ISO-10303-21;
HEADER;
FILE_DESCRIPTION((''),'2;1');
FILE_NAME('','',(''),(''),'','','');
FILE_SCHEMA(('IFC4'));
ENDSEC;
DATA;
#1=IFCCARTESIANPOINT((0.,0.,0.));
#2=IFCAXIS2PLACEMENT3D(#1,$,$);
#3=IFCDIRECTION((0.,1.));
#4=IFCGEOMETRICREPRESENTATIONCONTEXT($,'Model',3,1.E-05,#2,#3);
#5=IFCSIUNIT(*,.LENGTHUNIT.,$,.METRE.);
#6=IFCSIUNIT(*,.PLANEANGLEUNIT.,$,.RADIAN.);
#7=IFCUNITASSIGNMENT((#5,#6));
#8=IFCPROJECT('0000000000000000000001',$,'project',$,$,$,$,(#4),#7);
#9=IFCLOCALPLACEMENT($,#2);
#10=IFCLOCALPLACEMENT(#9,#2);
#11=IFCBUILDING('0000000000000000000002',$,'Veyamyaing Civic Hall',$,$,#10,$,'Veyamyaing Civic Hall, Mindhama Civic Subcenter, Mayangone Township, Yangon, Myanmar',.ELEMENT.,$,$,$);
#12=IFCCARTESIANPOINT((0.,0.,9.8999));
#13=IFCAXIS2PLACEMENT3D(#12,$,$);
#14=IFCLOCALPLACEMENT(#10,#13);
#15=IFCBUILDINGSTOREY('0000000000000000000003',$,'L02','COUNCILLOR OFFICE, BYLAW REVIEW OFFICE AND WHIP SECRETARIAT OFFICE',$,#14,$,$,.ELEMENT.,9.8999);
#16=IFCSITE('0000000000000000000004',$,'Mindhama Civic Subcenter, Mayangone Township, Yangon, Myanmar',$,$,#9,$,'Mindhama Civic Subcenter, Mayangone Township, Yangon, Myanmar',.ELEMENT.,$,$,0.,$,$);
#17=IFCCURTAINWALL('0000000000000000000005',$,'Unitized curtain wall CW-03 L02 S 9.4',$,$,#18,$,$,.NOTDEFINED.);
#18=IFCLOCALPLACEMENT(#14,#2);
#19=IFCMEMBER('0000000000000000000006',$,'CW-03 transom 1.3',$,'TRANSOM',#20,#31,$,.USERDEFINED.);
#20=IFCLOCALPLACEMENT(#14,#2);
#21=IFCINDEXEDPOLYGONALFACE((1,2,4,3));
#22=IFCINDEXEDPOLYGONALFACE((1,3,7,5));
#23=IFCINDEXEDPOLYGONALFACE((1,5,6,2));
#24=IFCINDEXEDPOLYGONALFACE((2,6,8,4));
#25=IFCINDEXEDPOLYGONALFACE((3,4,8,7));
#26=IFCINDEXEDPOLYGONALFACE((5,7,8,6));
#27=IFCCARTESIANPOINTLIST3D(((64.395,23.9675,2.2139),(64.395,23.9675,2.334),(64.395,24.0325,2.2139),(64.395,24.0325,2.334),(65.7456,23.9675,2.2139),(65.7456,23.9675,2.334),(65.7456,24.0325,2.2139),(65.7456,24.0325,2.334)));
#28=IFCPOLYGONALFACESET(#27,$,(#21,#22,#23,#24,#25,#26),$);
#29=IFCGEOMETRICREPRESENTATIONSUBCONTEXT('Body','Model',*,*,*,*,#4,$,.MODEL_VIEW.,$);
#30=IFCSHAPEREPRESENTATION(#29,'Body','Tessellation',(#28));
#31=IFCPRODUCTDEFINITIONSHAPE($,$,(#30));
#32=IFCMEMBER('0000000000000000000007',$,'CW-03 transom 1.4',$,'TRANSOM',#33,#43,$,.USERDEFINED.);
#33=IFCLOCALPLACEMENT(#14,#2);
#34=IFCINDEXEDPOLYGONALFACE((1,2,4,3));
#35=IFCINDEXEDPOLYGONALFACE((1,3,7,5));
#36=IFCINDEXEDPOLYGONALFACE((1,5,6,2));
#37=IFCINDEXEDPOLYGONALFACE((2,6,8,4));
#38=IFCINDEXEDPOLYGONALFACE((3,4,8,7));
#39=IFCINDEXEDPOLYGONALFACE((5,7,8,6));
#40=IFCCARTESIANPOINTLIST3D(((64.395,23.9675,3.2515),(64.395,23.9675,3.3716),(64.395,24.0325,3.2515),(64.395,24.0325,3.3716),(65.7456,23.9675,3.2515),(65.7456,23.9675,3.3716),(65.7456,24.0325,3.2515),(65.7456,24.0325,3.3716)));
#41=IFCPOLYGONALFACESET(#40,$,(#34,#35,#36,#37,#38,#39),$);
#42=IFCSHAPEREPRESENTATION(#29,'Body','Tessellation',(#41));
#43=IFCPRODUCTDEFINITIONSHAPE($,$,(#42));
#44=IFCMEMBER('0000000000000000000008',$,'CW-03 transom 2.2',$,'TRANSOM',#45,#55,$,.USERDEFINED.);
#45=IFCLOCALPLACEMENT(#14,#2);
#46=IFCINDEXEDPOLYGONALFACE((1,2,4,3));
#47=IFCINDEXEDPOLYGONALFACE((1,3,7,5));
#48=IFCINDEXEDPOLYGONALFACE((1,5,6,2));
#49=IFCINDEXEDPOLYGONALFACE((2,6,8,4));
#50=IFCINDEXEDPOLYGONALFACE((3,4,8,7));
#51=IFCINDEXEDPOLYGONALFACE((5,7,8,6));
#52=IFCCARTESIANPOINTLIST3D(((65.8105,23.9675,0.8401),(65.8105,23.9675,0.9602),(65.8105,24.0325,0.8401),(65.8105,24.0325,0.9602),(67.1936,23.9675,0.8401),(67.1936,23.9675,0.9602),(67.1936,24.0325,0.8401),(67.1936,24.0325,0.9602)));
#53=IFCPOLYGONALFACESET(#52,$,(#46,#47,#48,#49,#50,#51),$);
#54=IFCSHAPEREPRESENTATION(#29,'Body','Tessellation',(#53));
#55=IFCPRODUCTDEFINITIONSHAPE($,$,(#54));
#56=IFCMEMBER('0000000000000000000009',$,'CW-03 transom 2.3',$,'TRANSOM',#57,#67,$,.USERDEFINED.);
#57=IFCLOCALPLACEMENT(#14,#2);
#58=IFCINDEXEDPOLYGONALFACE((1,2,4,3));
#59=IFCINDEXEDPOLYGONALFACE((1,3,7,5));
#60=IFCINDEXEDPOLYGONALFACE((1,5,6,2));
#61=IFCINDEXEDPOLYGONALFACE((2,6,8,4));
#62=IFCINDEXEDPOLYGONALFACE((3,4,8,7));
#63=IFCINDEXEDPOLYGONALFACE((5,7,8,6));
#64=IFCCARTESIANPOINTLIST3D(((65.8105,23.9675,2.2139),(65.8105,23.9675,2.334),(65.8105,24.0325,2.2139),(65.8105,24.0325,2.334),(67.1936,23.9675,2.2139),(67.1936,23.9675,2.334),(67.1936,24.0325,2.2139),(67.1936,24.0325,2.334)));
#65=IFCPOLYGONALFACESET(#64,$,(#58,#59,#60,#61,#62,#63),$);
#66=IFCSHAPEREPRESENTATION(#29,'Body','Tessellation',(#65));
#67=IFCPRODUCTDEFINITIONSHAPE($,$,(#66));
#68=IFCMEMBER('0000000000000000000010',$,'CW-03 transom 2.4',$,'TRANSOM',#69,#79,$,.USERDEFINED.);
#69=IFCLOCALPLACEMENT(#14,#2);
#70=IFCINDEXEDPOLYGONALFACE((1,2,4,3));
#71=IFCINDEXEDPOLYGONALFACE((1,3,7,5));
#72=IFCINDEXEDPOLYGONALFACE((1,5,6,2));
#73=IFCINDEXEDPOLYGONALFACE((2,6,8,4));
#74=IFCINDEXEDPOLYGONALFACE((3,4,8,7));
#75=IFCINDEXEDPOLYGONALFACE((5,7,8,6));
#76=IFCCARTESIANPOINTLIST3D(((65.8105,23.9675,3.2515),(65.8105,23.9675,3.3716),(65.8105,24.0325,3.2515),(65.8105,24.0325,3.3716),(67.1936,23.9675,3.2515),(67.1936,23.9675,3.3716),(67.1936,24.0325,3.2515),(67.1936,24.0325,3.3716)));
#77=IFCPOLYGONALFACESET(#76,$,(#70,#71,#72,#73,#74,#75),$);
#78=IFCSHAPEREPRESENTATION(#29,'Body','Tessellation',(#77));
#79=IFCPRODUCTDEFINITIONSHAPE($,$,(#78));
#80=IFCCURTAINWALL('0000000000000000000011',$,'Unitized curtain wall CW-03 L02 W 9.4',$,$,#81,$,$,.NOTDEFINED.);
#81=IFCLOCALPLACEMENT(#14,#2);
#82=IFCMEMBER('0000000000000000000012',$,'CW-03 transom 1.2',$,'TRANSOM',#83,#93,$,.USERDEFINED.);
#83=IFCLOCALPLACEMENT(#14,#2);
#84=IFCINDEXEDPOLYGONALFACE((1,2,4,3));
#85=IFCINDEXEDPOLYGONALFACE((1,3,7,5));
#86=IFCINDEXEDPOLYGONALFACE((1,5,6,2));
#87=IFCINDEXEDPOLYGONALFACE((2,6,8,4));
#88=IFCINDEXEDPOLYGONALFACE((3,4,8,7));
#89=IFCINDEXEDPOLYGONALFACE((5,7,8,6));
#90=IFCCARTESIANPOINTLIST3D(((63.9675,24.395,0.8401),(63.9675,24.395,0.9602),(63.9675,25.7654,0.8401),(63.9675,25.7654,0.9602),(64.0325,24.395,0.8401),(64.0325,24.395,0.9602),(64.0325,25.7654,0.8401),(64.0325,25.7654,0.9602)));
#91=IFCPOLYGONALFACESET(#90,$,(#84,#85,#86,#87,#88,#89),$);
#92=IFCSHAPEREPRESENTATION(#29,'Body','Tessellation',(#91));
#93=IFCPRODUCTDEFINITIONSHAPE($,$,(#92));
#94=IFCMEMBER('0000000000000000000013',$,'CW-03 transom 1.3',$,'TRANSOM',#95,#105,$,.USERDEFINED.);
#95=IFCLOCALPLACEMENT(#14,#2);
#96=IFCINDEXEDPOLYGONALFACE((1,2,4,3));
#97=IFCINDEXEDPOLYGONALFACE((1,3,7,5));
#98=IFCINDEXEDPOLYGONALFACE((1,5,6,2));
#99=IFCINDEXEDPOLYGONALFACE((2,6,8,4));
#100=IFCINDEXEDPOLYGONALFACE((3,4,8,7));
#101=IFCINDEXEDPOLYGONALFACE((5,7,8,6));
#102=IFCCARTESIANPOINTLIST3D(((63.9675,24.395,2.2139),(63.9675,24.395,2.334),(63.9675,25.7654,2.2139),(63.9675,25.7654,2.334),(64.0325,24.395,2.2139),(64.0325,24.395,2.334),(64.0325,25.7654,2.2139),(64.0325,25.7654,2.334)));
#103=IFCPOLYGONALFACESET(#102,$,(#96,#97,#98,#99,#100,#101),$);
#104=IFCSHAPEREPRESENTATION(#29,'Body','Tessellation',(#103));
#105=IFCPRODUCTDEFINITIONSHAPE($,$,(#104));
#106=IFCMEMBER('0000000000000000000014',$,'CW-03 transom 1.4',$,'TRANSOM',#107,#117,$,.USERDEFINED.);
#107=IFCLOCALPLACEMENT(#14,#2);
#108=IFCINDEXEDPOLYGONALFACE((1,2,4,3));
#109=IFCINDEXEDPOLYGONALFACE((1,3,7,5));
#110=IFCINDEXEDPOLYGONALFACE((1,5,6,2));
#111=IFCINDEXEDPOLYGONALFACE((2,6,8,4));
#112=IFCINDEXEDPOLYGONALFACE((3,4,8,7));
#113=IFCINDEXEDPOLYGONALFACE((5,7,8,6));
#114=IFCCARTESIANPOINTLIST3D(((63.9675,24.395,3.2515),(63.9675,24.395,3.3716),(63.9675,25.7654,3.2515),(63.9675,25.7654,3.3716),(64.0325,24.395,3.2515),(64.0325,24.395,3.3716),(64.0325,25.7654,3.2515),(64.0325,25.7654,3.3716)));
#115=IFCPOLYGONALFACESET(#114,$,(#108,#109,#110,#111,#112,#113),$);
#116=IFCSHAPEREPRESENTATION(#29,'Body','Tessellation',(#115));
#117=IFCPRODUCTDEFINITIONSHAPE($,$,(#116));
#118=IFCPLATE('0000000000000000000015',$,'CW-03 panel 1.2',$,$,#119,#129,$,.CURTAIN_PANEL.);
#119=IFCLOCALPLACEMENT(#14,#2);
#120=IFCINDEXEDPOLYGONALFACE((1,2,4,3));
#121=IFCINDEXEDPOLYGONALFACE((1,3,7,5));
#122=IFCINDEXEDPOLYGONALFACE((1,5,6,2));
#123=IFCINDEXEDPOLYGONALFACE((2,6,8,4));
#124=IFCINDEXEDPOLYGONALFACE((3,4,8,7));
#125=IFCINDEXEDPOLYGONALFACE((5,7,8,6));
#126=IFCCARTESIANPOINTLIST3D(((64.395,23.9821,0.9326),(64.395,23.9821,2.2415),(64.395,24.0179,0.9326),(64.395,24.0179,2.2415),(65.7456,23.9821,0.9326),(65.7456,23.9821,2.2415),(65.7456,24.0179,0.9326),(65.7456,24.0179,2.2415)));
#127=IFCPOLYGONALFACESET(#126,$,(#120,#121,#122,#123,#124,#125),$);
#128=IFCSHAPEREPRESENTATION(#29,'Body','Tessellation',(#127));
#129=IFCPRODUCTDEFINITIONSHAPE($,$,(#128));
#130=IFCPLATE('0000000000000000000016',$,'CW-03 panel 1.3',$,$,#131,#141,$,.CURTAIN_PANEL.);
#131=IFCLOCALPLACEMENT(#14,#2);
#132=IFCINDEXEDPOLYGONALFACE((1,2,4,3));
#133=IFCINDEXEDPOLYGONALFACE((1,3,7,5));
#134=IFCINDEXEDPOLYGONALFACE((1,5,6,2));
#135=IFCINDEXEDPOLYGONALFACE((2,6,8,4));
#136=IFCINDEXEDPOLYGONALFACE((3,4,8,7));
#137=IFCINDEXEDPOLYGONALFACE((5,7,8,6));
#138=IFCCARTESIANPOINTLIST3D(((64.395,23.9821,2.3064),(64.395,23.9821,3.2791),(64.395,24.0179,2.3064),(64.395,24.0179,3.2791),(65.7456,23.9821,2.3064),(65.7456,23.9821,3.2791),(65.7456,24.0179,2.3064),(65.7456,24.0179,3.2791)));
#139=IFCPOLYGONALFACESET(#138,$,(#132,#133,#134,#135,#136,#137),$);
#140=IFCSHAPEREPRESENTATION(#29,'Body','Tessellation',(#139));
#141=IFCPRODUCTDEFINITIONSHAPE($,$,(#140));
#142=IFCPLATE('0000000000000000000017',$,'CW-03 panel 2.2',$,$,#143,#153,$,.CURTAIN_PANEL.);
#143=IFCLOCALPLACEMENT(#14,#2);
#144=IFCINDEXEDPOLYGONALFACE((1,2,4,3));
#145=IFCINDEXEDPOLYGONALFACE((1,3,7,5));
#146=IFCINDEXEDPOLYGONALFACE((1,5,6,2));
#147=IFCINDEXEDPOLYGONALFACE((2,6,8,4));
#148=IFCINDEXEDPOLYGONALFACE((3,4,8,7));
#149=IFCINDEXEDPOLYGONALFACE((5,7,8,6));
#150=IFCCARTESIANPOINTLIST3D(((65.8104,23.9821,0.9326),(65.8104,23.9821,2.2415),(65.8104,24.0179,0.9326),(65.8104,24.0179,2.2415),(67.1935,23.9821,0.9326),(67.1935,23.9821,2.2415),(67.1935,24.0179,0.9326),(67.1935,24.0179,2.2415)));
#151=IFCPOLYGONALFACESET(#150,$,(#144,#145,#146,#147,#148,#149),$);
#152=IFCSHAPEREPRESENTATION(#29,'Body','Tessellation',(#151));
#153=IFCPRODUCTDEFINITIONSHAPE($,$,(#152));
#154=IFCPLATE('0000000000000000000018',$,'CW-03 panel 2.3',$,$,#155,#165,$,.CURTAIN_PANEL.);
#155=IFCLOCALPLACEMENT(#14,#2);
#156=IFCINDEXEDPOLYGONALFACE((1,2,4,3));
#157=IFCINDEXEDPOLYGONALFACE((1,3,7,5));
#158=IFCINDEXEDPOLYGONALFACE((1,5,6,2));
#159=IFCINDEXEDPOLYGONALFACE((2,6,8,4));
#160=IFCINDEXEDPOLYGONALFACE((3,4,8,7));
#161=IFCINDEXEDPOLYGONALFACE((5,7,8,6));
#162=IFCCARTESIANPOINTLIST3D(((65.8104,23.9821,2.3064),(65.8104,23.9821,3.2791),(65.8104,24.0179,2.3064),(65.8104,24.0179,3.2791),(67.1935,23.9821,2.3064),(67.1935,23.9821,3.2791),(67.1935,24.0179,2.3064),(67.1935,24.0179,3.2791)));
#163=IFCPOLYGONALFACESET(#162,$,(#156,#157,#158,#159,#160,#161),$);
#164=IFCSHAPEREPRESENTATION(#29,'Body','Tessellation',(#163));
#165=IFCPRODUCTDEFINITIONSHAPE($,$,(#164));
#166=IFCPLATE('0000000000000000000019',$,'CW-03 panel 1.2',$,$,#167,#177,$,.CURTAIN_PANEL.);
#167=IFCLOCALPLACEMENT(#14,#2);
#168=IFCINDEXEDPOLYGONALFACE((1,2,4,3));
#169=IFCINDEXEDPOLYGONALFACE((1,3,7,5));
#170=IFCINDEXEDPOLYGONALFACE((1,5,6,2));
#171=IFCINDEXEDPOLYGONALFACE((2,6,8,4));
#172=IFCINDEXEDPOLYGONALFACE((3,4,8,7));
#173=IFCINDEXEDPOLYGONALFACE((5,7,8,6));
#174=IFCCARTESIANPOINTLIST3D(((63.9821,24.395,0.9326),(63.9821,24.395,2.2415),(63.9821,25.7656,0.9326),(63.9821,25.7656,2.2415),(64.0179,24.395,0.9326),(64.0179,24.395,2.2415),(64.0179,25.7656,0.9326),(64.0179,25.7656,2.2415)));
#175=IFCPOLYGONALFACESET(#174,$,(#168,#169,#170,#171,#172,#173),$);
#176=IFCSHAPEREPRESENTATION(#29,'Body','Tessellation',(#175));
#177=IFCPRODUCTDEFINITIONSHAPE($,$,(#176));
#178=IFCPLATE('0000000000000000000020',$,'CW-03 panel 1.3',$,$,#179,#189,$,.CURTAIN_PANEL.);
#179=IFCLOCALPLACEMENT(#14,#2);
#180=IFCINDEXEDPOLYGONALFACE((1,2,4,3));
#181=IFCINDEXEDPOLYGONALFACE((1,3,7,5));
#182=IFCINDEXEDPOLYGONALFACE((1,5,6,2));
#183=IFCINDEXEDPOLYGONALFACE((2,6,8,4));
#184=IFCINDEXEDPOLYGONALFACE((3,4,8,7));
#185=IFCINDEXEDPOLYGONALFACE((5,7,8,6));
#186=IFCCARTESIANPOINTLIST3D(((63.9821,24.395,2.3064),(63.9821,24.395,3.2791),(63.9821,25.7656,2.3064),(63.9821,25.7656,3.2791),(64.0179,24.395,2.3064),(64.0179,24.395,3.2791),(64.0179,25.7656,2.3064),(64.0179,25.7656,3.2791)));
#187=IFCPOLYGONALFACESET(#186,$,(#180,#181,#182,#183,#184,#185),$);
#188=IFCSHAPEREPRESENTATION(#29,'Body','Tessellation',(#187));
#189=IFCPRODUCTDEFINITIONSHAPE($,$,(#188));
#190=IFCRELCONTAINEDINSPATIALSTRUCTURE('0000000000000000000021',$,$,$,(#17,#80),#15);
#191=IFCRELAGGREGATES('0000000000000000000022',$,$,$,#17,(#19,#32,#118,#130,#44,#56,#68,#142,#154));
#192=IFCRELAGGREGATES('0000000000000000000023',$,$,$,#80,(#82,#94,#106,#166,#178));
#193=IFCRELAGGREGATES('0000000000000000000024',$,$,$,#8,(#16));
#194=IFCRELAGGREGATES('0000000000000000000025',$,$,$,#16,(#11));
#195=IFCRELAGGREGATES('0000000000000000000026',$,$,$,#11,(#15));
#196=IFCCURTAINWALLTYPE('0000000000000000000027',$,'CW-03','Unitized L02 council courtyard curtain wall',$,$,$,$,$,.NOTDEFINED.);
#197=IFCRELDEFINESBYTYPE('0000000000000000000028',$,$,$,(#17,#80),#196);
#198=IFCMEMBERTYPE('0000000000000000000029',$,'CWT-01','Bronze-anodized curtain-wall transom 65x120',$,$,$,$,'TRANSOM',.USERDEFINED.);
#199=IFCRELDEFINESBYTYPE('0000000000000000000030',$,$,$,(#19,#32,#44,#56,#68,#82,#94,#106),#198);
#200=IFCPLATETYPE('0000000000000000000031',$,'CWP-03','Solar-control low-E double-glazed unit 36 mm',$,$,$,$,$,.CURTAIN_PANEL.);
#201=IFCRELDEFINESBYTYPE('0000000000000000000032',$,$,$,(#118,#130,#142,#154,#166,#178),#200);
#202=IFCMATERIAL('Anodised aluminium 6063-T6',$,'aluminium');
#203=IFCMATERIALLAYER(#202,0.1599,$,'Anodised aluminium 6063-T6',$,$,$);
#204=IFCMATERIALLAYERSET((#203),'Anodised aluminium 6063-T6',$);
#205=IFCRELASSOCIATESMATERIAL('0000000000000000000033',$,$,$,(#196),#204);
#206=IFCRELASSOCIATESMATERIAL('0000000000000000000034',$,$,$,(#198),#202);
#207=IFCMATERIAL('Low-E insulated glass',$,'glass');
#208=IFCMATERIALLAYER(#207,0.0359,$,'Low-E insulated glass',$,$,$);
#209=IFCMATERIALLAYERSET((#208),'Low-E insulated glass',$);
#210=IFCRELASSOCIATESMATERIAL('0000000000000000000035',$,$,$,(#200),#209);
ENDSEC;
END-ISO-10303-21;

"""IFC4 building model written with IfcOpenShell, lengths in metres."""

from ifc_helpers import new_model, si_unit, direction, frame, origin, origin_2d, place, context, subcontext, project, spatial, rectangle, extrude, material, layer, layer_set, material_profile, profile_set, type_object, element, aggregate, save


model = new_model("IFC4")

# Units and contexts
model_context = context("Model", 3, precision=1e-05, world=origin(), true_north=direction((0.0, 1.0)))
body_context = subcontext(model_context, "Body", "Model", "MODEL_VIEW")
ifc_project = project(units=[si_unit("LENGTHUNIT", "METRE"), si_unit("PLANEANGLEUNIT", "RADIAN")], contexts=[model_context])

# Site, building, storey
site_placement = place(None, origin())
site = spatial("IfcSite", under=ifc_project, at=site_placement, Name="Mindhama Civic Subcenter, Mayangone Township, Yangon, Myanmar", LongName="Mindhama Civic Subcenter, Mayangone Township, Yangon, Myanmar", CompositionType="ELEMENT", RefElevation=0.0)
building_placement = place(site_placement, origin())
building = spatial("IfcBuilding", under=site, at=building_placement, Name="Veyamyaing Civic Hall", LongName="Veyamyaing Civic Hall, Mindhama Civic Subcenter, Mayangone Township, Yangon, Myanmar", CompositionType="ELEMENT")
storey_placement = place(building_placement, frame((0.0, 0.0, 9.8999)))
storey = spatial("IfcBuildingStorey", under=building, at=storey_placement, Name="L02", Description="COUNCILLOR OFFICE, BYLAW REVIEW OFFICE AND WHIP SECRETARIAT OFFICE", CompositionType="ELEMENT", Elevation=9.8999)

# Curtain walls, members
ifc_material_1 = material(Name="Anodised aluminium 6063-T6", Category="aluminium")
ifc_layer_1 = layer(ifc_material_1, 0.1599, Name="Anodised aluminium 6063-T6")
ifc_layer_set_1 = layer_set([ifc_layer_1], Name="Anodised aluminium 6063-T6")
curtain_wall_type = type_object("IfcCurtainWallType", Name="CW-03", Description="Unitized L02 council courtyard curtain wall", PredefinedType="NOTDEFINED", material=ifc_layer_set_1)
curtain_wall_1_placement = place(storey_placement, origin())
curtain_wall_1 = element("IfcCurtainWall", 1, at=curtain_wall_1_placement, inside=storey, type_object=curtain_wall_type, Name="Unitized curtain wall CW-03 L02 S 9.4", PredefinedType="NOTDEFINED")
ifc_material_profile_1 = material_profile(ifc_material_1, rectangle(XDim=0.0649, YDim=0.1201, at=origin_2d()), Name="ALU-TRN-65X120")
ifc_profile_set_1 = profile_set([ifc_material_profile_1], Name="Anodised aluminium 6063-T6")
member_type = type_object("IfcMemberType", Name="CWT-01", Description="Bronze-anodized curtain-wall transom 65x120", ElementType="TRANSOM", PredefinedType="USERDEFINED", material=ifc_profile_set_1)
member_1_placement = place(storey_placement, frame((64.395, 24.0, 2.2739), z_axis=(1.0, 0.0, 0.0), x_axis=(0.0, 1.0, 0.0)))
member_1 = element("IfcMember", 2, at=member_1_placement, type_object=member_type, Name="CW-03 transom 1.3", ObjectType="TRANSOM", PredefinedType="USERDEFINED", context=body_context, shape_type="SweptSolid", body=[
    extrude(rectangle(XDim=0.0649, YDim=0.1201, at=origin_2d()), origin(), (0.0, 0.0, 1.0), 1.3506),
])
member_2_placement = place(storey_placement, frame((64.395, 24.0, 3.3115), z_axis=(1.0, 0.0, 0.0), x_axis=(0.0, 1.0, 0.0)))
member_2 = element("IfcMember", 3, at=member_2_placement, type_object=member_type, Name="CW-03 transom 1.4", ObjectType="TRANSOM", PredefinedType="USERDEFINED", context=body_context, shape_type="SweptSolid", body=[
    extrude(rectangle(XDim=0.0649, YDim=0.1201, at=origin_2d()), origin(), (0.0, 0.0, 1.0), 1.3506),
])
member_3_placement = place(storey_placement, frame((65.8105, 24.0, 0.9001), z_axis=(1.0, 0.0, 0.0), x_axis=(0.0, 1.0, 0.0)))
member_3 = element("IfcMember", 4, at=member_3_placement, type_object=member_type, Name="CW-03 transom 2.2", ObjectType="TRANSOM", PredefinedType="USERDEFINED", context=body_context, shape_type="SweptSolid", body=[
    extrude(rectangle(XDim=0.0649, YDim=0.1201, at=origin_2d()), origin(), (0.0, 0.0, 1.0), 1.3831),
])
member_4_placement = place(storey_placement, frame((65.8105, 24.0, 2.2739), z_axis=(1.0, 0.0, 0.0), x_axis=(0.0, 1.0, 0.0)))
member_4 = element("IfcMember", 5, at=member_4_placement, type_object=member_type, Name="CW-03 transom 2.3", ObjectType="TRANSOM", PredefinedType="USERDEFINED", context=body_context, shape_type="SweptSolid", body=[
    extrude(rectangle(XDim=0.0649, YDim=0.1201, at=origin_2d()), origin(), (0.0, 0.0, 1.0), 1.3831),
])
member_5_placement = place(storey_placement, frame((65.8105, 24.0, 3.3115), z_axis=(1.0, 0.0, 0.0), x_axis=(0.0, 1.0, 0.0)))
member_5 = element("IfcMember", 6, at=member_5_placement, type_object=member_type, Name="CW-03 transom 2.4", ObjectType="TRANSOM", PredefinedType="USERDEFINED", context=body_context, shape_type="SweptSolid", body=[
    extrude(rectangle(XDim=0.0649, YDim=0.1201, at=origin_2d()), origin(), (0.0, 0.0, 1.0), 1.3831),
])
curtain_wall_2_placement = place(storey_placement, origin())
curtain_wall_2 = element("IfcCurtainWall", 7, at=curtain_wall_2_placement, inside=storey, type_object=curtain_wall_type, Name="Unitized curtain wall CW-03 L02 W 9.4", PredefinedType="NOTDEFINED")
member_6_placement = place(storey_placement, frame((64.0, 24.395, 0.9001), z_axis=(0.0, 1.0, 0.0), x_axis=(-1.0, 0.0, 0.0)))
member_6 = element("IfcMember", 8, at=member_6_placement, type_object=member_type, Name="CW-03 transom 1.2", ObjectType="TRANSOM", PredefinedType="USERDEFINED", context=body_context, shape_type="SweptSolid", body=[
    extrude(rectangle(XDim=0.0649, YDim=0.1201, at=origin_2d()), origin(), (0.0, 0.0, 1.0), 1.3704),
])
member_7_placement = place(storey_placement, frame((64.0, 24.395, 2.2739), z_axis=(0.0, 1.0, 0.0), x_axis=(-1.0, 0.0, 0.0)))
member_7 = element("IfcMember", 9, at=member_7_placement, type_object=member_type, Name="CW-03 transom 1.3", ObjectType="TRANSOM", PredefinedType="USERDEFINED", context=body_context, shape_type="SweptSolid", body=[
    extrude(rectangle(XDim=0.0649, YDim=0.1201, at=origin_2d()), origin(), (0.0, 0.0, 1.0), 1.3704),
])
member_8_placement = place(storey_placement, frame((64.0, 24.395, 3.3115), z_axis=(0.0, 1.0, 0.0), x_axis=(-1.0, 0.0, 0.0)))
member_8 = element("IfcMember", 10, at=member_8_placement, type_object=member_type, Name="CW-03 transom 1.4", ObjectType="TRANSOM", PredefinedType="USERDEFINED", context=body_context, shape_type="SweptSolid", body=[
    extrude(rectangle(XDim=0.0649, YDim=0.1201, at=origin_2d()), origin(), (0.0, 0.0, 1.0), 1.3704),
])

# Plates
ifc_material_2 = material(Name="Low-E insulated glass", Category="glass")
ifc_layer_2 = layer(ifc_material_2, 0.0359, Name="Low-E insulated glass")
ifc_layer_set_2 = layer_set([ifc_layer_2], Name="Low-E insulated glass")
plate_type = type_object("IfcPlateType", Name="CWP-03", Description="Solar-control low-E double-glazed unit 36 mm", PredefinedType="CURTAIN_PANEL", material=ifc_layer_set_2)
plate_1_placement = place(storey_placement, frame((65.0703, 24.0, 0.9326), z_axis=(0.0, 0.0, 1.0), x_axis=(1.0, 0.0, 0.0)))
plate_1 = element("IfcPlate", 11, at=plate_1_placement, type_object=plate_type, Name="CW-03 panel 1.2", PredefinedType="CURTAIN_PANEL", context=body_context, shape_type="SweptSolid", body=[
    extrude(rectangle(XDim=1.3506, YDim=0.0359, at=origin_2d()), origin(), (0.0, 0.0, 1.0), 1.3088),
])
plate_2_placement = place(storey_placement, frame((65.0703, 24.0, 2.3064), z_axis=(0.0, 0.0, 1.0), x_axis=(1.0, 0.0, 0.0)))
plate_2 = element("IfcPlate", 12, at=plate_2_placement, type_object=plate_type, Name="CW-03 panel 1.3", PredefinedType="CURTAIN_PANEL", context=body_context, shape_type="SweptSolid", body=[
    extrude(rectangle(XDim=1.3506, YDim=0.0359, at=origin_2d()), origin(), (0.0, 0.0, 1.0), 0.9727),
])
plate_3_placement = place(storey_placement, frame((66.502, 24.0, 0.9326), z_axis=(0.0, 0.0, 1.0), x_axis=(1.0, 0.0, 0.0)))
plate_3 = element("IfcPlate", 13, at=plate_3_placement, type_object=plate_type, Name="CW-03 panel 2.2", PredefinedType="CURTAIN_PANEL", context=body_context, shape_type="SweptSolid", body=[
    extrude(rectangle(XDim=1.3831, YDim=0.0359, at=origin_2d()), origin(), (0.0, 0.0, 1.0), 1.3088),
])
plate_4_placement = place(storey_placement, frame((66.502, 24.0, 2.3064), z_axis=(0.0, 0.0, 1.0), x_axis=(1.0, 0.0, 0.0)))
plate_4 = element("IfcPlate", 14, at=plate_4_placement, type_object=plate_type, Name="CW-03 panel 2.3", PredefinedType="CURTAIN_PANEL", context=body_context, shape_type="SweptSolid", body=[
    extrude(rectangle(XDim=1.3831, YDim=0.0359, at=origin_2d()), origin(), (0.0, 0.0, 1.0), 0.9727),
])
aggregate(curtain_wall_1, [member_1, member_2, plate_1, plate_2, member_3, member_4, member_5, plate_3, plate_4])
plate_5_placement = place(storey_placement, frame((64.0, 25.0803, 0.9326), z_axis=(0.0, 0.0, 1.0), x_axis=(0.0, 1.0, 0.0)))
plate_5 = element("IfcPlate", 15, at=plate_5_placement, type_object=plate_type, Name="CW-03 panel 1.2", PredefinedType="CURTAIN_PANEL", context=body_context, shape_type="SweptSolid", body=[
    extrude(rectangle(XDim=1.3706, YDim=0.0359, at=origin_2d()), origin(), (0.0, 0.0, 1.0), 1.3088),
])
plate_6_placement = place(storey_placement, frame((64.0, 25.0803, 2.3064), z_axis=(0.0, 0.0, 1.0), x_axis=(0.0, 1.0, 0.0)))
plate_6 = element("IfcPlate", 16, at=plate_6_placement, type_object=plate_type, Name="CW-03 panel 1.3", PredefinedType="CURTAIN_PANEL", context=body_context, shape_type="SweptSolid", body=[
    extrude(rectangle(XDim=1.3706, YDim=0.0359, at=origin_2d()), origin(), (0.0, 0.0, 1.0), 0.9727),
])
aggregate(curtain_wall_2, [member_6, member_7, member_8, plate_5, plate_6])

save(model, "model.ifc")
